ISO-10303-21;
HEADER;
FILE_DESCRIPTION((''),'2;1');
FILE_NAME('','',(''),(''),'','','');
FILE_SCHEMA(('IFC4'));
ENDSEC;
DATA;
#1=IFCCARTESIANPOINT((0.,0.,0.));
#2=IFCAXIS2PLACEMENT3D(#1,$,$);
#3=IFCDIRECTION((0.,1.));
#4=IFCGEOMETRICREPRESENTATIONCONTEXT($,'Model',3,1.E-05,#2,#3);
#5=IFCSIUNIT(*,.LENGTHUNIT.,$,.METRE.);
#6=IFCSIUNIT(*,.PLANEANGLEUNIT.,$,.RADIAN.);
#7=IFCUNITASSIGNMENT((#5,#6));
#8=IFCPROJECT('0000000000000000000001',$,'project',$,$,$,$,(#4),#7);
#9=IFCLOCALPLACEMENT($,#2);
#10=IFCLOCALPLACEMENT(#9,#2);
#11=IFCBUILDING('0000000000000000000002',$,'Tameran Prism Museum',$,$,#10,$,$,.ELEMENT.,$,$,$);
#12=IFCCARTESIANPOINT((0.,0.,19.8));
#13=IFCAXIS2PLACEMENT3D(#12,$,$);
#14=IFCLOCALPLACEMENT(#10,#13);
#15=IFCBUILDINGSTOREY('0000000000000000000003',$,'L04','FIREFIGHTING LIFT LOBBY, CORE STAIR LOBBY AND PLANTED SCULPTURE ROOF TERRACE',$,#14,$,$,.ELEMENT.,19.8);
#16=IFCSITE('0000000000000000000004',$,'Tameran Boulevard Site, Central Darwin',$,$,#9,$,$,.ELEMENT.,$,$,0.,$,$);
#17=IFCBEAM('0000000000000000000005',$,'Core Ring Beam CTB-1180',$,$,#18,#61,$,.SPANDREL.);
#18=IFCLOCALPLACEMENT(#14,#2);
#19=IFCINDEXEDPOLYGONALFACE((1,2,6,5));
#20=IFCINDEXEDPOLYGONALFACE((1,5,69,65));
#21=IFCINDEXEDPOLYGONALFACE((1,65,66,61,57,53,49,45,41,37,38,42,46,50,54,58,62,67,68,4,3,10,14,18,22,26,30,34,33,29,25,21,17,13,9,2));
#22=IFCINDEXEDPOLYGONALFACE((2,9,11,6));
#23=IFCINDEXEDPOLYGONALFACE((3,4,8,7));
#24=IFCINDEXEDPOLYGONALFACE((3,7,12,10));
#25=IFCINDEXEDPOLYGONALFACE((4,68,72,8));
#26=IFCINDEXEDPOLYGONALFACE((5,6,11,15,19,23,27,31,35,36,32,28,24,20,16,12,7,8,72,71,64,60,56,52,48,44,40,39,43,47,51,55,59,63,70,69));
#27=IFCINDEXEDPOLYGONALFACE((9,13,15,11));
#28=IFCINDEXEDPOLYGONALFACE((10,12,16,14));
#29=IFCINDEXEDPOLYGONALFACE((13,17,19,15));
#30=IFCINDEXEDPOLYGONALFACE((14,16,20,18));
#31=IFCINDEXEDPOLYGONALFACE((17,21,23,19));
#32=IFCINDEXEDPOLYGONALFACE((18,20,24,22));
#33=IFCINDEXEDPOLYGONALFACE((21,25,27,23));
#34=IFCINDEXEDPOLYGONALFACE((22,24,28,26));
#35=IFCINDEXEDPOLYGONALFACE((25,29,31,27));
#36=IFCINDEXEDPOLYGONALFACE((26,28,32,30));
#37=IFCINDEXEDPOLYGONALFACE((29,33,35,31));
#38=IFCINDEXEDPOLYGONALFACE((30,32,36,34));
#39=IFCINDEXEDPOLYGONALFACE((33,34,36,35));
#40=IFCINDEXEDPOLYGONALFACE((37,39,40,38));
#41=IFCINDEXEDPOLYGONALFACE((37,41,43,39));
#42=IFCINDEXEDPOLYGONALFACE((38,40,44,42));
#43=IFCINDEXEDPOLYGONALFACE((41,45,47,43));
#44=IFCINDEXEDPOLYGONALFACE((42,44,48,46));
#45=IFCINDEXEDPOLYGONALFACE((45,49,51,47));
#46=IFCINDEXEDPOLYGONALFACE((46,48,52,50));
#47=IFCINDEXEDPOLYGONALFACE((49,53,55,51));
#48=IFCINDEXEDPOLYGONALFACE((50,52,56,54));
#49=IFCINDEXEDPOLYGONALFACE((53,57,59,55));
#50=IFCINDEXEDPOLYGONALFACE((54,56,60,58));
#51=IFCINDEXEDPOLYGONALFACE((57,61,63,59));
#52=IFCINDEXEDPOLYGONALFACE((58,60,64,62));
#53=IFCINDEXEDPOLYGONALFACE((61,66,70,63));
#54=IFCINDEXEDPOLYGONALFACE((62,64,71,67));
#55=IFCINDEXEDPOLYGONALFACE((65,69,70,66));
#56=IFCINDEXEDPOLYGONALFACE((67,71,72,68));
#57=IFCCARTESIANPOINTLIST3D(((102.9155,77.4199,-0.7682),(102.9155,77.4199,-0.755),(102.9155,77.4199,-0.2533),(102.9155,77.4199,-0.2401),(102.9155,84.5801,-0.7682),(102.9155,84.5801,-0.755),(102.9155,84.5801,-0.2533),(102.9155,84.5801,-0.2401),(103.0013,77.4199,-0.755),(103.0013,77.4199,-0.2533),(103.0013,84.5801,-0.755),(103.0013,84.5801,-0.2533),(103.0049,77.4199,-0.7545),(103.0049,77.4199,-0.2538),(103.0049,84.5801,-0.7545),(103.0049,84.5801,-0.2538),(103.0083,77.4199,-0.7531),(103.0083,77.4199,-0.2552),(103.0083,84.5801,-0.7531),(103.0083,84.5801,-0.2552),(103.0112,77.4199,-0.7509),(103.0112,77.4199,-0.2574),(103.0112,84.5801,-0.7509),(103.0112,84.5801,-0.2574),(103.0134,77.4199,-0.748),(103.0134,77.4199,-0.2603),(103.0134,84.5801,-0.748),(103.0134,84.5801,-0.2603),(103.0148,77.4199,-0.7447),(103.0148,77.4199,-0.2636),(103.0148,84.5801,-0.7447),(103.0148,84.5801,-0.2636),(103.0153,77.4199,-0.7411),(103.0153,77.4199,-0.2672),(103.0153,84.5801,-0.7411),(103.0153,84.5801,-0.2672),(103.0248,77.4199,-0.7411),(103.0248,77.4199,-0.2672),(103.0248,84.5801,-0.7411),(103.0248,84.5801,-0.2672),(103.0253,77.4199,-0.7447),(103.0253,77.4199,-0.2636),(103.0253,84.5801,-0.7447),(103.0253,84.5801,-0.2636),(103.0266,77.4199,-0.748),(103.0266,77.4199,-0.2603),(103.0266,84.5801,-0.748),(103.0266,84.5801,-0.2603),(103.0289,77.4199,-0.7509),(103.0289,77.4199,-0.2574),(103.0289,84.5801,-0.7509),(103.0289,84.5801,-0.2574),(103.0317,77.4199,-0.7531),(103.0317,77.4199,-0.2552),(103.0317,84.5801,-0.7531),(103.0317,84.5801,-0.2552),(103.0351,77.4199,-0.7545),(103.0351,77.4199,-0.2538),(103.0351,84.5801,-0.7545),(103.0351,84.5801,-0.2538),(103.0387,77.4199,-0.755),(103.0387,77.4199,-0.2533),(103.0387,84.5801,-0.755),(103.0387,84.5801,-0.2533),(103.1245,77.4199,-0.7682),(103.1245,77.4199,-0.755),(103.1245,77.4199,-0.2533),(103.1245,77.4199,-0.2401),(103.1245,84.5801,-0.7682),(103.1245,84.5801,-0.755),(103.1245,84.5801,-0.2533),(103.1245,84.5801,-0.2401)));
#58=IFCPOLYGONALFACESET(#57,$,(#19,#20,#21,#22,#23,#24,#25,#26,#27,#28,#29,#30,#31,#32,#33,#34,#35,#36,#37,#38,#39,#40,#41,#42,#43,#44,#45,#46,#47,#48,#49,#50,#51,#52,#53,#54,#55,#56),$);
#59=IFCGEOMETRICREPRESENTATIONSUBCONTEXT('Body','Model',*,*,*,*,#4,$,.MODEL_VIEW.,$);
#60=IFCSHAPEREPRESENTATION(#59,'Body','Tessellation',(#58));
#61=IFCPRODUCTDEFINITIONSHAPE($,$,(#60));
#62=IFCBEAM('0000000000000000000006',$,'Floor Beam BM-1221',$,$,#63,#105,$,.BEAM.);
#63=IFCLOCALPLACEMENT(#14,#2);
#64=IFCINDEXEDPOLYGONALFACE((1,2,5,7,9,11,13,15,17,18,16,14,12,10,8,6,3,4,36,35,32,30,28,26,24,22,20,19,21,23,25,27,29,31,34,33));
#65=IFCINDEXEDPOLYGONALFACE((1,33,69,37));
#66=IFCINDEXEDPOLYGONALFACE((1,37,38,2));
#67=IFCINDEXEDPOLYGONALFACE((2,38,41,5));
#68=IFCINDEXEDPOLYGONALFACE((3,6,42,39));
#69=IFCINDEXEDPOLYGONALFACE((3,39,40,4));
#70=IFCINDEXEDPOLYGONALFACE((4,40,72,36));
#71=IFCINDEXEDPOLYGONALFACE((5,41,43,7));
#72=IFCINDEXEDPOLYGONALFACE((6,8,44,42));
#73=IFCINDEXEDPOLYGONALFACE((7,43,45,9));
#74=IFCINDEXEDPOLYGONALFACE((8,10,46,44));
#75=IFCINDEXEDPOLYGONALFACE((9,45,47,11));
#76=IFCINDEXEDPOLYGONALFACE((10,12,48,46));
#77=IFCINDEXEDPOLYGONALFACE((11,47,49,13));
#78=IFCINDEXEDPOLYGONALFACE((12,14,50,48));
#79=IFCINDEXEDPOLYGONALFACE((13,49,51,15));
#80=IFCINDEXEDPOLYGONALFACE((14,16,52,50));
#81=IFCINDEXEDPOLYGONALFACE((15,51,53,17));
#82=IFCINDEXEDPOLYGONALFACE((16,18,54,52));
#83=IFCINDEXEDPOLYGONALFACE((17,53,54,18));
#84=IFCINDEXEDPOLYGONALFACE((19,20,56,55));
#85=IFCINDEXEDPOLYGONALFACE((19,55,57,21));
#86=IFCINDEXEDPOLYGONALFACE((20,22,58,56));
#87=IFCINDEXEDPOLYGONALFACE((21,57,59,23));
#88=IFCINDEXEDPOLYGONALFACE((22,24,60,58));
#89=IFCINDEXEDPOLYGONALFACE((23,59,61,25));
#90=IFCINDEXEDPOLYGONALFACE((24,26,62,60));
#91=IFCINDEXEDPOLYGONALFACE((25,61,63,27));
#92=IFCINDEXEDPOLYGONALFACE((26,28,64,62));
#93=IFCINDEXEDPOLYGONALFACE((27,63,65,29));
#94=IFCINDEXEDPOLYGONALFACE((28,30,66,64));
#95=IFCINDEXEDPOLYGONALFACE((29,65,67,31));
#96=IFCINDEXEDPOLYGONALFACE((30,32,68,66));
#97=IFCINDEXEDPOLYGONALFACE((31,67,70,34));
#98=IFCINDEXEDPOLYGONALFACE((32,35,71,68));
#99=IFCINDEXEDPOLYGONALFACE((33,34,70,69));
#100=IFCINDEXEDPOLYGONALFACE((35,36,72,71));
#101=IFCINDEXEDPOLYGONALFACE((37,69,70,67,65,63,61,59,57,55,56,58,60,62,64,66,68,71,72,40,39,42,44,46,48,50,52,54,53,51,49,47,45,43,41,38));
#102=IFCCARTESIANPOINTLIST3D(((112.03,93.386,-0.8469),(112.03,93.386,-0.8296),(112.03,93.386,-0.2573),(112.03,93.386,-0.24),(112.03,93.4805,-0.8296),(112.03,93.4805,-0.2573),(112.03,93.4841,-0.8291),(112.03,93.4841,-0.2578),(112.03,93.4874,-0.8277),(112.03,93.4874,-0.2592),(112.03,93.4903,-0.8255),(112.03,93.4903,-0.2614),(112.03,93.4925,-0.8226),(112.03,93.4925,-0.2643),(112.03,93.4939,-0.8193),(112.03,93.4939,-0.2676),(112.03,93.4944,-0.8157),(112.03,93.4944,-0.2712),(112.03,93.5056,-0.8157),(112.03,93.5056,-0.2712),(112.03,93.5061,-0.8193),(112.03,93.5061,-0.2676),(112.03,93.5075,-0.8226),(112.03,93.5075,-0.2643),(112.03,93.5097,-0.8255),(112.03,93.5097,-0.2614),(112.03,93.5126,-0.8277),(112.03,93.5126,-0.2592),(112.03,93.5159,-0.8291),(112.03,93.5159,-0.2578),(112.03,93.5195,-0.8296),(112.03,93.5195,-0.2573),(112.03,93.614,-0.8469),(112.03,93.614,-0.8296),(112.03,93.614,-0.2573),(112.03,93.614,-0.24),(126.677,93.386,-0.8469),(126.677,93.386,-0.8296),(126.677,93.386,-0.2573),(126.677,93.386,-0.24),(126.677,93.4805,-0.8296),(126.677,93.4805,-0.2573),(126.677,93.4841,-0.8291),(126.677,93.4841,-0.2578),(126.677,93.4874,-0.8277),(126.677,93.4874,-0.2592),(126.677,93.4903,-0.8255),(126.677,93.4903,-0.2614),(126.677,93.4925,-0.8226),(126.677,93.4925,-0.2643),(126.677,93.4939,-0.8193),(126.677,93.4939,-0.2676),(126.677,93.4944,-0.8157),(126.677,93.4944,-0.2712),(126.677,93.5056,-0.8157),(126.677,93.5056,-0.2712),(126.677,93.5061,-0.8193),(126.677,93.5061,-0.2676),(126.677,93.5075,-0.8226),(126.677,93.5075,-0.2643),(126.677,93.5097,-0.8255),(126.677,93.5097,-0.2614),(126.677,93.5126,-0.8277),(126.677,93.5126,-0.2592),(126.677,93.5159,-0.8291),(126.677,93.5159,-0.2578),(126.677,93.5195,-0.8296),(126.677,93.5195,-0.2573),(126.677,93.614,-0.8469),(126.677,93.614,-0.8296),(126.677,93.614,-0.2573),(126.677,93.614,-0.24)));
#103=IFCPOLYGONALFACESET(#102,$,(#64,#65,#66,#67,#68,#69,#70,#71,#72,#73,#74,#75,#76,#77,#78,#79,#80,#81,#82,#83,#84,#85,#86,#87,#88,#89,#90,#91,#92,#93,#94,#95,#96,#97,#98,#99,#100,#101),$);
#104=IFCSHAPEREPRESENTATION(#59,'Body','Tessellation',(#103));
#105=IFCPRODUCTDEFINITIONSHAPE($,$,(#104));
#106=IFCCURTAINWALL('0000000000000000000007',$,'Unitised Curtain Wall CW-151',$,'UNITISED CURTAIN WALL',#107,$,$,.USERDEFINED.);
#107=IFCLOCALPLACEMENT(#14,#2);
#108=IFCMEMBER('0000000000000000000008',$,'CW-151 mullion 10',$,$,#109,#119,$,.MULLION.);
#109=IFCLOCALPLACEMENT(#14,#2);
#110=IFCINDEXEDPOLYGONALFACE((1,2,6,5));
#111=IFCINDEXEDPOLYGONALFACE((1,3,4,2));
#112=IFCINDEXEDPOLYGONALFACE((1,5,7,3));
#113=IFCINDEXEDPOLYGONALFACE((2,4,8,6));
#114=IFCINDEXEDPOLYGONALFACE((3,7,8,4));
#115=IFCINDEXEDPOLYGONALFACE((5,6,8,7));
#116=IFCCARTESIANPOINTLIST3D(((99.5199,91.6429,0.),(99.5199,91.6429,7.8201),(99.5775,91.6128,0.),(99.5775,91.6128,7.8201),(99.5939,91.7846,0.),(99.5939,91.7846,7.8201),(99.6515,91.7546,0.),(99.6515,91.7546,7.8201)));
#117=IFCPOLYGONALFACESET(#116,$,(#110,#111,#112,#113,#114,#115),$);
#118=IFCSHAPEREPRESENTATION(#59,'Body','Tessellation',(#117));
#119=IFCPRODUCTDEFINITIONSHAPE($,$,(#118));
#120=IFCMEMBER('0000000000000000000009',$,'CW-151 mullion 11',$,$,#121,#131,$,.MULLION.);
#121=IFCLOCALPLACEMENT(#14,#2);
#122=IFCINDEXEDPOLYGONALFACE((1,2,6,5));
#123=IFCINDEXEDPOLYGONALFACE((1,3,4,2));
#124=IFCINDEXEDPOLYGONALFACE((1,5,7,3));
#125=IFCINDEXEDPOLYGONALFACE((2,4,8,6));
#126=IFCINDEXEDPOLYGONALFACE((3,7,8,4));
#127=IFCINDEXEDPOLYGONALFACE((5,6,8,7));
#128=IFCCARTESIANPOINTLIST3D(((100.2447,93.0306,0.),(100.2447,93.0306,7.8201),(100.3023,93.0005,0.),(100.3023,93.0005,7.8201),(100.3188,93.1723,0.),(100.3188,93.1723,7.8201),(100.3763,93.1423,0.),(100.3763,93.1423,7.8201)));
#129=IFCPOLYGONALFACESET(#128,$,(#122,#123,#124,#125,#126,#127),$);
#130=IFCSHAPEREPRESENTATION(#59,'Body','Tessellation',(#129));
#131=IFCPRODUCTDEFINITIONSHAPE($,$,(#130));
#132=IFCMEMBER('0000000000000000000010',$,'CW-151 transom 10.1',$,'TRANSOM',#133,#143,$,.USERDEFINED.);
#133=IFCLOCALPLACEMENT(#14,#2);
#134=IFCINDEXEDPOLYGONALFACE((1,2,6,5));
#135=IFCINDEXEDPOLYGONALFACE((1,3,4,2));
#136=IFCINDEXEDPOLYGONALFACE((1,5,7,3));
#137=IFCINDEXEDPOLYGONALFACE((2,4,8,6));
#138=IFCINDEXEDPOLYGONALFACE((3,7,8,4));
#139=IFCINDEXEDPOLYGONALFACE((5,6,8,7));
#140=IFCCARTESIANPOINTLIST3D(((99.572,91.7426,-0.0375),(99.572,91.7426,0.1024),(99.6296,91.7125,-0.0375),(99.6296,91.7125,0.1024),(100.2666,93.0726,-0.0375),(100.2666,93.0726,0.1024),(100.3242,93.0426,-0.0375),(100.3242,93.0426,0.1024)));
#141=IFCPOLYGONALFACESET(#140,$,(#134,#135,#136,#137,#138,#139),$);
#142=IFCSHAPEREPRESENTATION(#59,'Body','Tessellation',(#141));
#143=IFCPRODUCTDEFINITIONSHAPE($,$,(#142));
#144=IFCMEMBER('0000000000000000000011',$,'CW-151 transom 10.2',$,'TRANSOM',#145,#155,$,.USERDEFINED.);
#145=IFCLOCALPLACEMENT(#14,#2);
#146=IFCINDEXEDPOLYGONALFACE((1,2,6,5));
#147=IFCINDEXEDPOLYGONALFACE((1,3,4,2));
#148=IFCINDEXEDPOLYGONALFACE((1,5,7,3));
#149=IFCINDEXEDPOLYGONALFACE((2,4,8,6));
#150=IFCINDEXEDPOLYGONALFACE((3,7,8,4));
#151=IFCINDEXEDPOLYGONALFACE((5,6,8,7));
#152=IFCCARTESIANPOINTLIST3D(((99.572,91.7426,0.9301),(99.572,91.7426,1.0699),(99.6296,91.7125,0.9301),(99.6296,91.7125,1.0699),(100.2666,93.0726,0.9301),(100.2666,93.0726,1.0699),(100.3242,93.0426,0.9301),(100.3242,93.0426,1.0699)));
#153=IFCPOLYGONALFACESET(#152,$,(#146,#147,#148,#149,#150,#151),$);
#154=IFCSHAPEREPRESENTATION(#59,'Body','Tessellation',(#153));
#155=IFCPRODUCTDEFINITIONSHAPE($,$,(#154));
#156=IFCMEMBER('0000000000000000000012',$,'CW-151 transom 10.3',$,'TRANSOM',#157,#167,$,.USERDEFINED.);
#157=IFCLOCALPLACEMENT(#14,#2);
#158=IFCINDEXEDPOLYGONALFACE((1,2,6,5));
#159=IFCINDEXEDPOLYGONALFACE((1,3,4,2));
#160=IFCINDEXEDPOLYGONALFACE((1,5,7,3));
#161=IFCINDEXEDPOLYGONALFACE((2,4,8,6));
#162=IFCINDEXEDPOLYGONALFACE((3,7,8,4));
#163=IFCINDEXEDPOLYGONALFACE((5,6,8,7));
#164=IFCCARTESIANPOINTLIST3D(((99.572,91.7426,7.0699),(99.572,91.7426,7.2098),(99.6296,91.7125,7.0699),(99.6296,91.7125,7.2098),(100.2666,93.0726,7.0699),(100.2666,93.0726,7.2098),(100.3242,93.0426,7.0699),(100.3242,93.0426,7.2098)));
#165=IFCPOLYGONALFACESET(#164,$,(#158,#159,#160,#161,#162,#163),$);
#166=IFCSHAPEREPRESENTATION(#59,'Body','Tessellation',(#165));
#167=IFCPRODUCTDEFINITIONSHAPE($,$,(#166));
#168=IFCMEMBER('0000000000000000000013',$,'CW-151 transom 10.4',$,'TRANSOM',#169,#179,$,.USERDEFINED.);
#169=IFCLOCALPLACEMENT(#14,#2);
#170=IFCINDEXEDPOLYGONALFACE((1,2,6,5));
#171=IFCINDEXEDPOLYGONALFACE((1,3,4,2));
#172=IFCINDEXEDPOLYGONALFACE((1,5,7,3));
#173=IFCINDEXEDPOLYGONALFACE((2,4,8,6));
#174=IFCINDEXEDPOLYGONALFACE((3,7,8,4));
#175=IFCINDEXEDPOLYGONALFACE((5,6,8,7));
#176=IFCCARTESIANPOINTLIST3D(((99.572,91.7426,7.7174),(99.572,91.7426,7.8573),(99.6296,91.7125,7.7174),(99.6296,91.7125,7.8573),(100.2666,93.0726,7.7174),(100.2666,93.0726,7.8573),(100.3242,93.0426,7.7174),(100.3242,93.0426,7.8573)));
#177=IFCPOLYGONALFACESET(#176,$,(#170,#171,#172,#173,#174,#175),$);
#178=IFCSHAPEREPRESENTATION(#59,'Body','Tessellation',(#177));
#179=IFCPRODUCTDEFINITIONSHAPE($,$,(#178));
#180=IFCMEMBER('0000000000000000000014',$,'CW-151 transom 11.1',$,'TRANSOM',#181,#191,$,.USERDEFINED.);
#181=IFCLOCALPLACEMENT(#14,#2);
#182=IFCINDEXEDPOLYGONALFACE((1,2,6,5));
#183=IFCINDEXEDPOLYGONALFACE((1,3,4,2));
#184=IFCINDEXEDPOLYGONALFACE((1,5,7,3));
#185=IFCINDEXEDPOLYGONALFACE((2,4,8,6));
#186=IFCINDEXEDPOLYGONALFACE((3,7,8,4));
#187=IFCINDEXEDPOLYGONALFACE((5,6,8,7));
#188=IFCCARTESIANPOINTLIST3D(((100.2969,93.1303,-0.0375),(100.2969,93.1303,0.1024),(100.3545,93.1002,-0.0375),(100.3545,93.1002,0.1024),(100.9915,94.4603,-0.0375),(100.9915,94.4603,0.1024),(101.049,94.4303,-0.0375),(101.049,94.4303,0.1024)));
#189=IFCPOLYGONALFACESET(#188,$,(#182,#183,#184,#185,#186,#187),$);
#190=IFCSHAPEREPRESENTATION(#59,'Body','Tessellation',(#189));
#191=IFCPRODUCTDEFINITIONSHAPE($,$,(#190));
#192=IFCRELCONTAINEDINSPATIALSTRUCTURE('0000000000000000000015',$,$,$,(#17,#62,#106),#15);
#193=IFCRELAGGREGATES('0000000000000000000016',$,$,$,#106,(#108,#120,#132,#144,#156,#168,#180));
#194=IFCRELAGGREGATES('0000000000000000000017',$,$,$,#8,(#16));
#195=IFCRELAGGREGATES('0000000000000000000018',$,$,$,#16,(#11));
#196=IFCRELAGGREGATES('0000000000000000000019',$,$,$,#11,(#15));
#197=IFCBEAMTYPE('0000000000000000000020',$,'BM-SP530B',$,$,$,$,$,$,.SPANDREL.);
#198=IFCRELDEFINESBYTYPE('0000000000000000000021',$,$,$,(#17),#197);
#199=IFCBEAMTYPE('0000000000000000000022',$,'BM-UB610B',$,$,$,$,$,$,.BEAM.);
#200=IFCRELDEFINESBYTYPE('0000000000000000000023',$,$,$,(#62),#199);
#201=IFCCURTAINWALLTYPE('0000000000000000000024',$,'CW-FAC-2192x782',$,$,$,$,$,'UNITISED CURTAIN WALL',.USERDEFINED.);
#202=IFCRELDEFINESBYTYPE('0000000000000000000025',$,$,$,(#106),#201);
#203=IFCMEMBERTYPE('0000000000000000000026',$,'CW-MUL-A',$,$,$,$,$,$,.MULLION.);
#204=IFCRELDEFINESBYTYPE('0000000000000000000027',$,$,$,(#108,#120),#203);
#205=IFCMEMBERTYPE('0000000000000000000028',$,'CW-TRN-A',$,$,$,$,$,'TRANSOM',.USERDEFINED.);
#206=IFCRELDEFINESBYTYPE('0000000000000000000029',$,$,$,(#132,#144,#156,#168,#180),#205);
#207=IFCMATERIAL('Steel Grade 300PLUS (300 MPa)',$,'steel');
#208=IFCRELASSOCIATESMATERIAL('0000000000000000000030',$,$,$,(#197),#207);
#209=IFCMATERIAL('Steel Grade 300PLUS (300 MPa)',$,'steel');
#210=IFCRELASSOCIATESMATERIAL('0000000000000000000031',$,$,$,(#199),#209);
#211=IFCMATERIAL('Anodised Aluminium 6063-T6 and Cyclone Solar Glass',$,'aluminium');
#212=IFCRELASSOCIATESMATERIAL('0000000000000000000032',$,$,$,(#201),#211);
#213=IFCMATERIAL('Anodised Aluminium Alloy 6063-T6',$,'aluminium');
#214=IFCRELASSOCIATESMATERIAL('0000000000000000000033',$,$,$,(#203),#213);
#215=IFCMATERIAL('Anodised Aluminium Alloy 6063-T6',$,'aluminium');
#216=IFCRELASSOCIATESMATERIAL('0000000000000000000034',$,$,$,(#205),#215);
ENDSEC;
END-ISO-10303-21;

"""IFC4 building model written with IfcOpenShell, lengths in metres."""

from ifc_helpers import new_model, si_unit, direction, frame, origin, origin_2d, place, context, subcontext, project, spatial, rectangle, i_section, extrude, material, material_profile, profile_set, type_object, element, aggregate, save


model = new_model("IFC4")

# Units and contexts
model_context = context("Model", 3, precision=1e-05, world=origin(), true_north=direction((0.0, 1.0)))
body_context = subcontext(model_context, "Body", "Model", "MODEL_VIEW")
ifc_project = project(units=[si_unit("LENGTHUNIT", "METRE"), si_unit("PLANEANGLEUNIT", "RADIAN")], contexts=[model_context])

# Site, building, storey
site_placement = place(None, origin())
site = spatial("IfcSite", under=ifc_project, at=site_placement, Name="Tameran Boulevard Site, Central Darwin", CompositionType="ELEMENT", RefElevation=0.0)
building_placement = place(site_placement, origin())
building = spatial("IfcBuilding", under=site, at=building_placement, Name="Tameran Prism Museum", CompositionType="ELEMENT")
storey_placement = place(building_placement, frame((0.0, 0.0, 19.8)))
storey = spatial("IfcBuildingStorey", under=building, at=storey_placement, Name="L04", Description="FIREFIGHTING LIFT LOBBY, CORE STAIR LOBBY AND PLANTED SCULPTURE ROOF TERRACE", CompositionType="ELEMENT", Elevation=19.8)

# Beams
ifc_material_1 = material(Name="Steel Grade 300PLUS (300 MPa)", Category="steel")
ifc_material_profile_1 = material_profile(ifc_material_1, i_section(OverallWidth=0.209, OverallDepth=0.5281, WebThickness=0.0095, FlangeThickness=0.0132, FilletRadius=0.0139, at=origin_2d()))
ifc_profile_set_1 = profile_set([ifc_material_profile_1])
beam_type_1 = type_object("IfcBeamType", Name="BM-SP530B", PredefinedType="SPANDREL", material=ifc_profile_set_1)
beam_1_placement = place(storey_placement, frame((103.02, 84.5801, -0.5042), z_axis=(0.0, -1.0, 0.0), x_axis=(1.0, 0.0, 0.0)))
element("IfcBeam", 1, at=beam_1_placement, inside=storey, type_object=beam_type_1, Name="Core Ring Beam CTB-1180", PredefinedType="SPANDREL", context=body_context, shape_type="SweptSolid", body=[
    extrude(i_section(OverallWidth=0.209, OverallDepth=0.5281, WebThickness=0.0095, FlangeThickness=0.0132, FilletRadius=0.0139, at=origin_2d()), origin(), (0.0, 0.0, 1.0), 7.1602),
])
ifc_material_2 = material(Name="Steel Grade 300PLUS (300 MPa)", Category="steel")
ifc_material_profile_2 = material_profile(ifc_material_2, i_section(OverallWidth=0.228, OverallDepth=0.6069, WebThickness=0.0112, FlangeThickness=0.0173, FilletRadius=0.0139, at=origin_2d()))
ifc_profile_set_2 = profile_set([ifc_material_profile_2])
beam_type_2 = type_object("IfcBeamType", Name="BM-UB610B", PredefinedType="BEAM", material=ifc_profile_set_2)
beam_2_placement = place(storey_placement, frame((112.03, 93.5, -0.5435), z_axis=(1.0, 0.0, 0.0), x_axis=(0.0, 1.0, 0.0)))
element("IfcBeam", 2, at=beam_2_placement, inside=storey, type_object=beam_type_2, Name="Floor Beam BM-1221", PredefinedType="BEAM", context=body_context, shape_type="SweptSolid", body=[
    extrude(i_section(OverallWidth=0.228, OverallDepth=0.6069, WebThickness=0.0112, FlangeThickness=0.0173, FilletRadius=0.0139, at=origin_2d()), origin(), (0.0, 0.0, 1.0), 14.647),
])

# Curtain wall, members
ifc_material_3 = material(Name="Anodised Aluminium 6063-T6 and Cyclone Solar Glass", Category="aluminium")
curtain_wall_type = type_object("IfcCurtainWallType", Name="CW-FAC-2192x782", ElementType="UNITISED CURTAIN WALL", PredefinedType="USERDEFINED", material=ifc_material_3)
curtain_wall_placement = place(storey_placement, origin())
curtain_wall = element("IfcCurtainWall", 3, at=curtain_wall_placement, inside=storey, type_object=curtain_wall_type, Name="Unitised Curtain Wall CW-151", ObjectType="UNITISED CURTAIN WALL", PredefinedType="USERDEFINED")
ifc_material_4 = material(Name="Anodised Aluminium Alloy 6063-T6", Category="aluminium")
ifc_material_profile_3 = material_profile(ifc_material_4, rectangle(XDim=0.0649, YDim=0.1599, at=origin_2d()))
ifc_profile_set_3 = profile_set([ifc_material_profile_3])
member_type_1 = type_object("IfcMemberType", Name="CW-MUL-A", PredefinedType="MULLION", material=ifc_profile_set_3)
member_1_placement = place(storey_placement, frame((99.5857, 91.6987, 0.0), z_axis=(0.0, 0.0, 1.0), x_axis=(-0.886357, 0.463003, 0.0)))
member_1 = element("IfcMember", 4, at=member_1_placement, type_object=member_type_1, Name="CW-151 mullion 10", PredefinedType="MULLION", context=body_context, shape_type="SweptSolid", body=[
    extrude(rectangle(XDim=0.0649, YDim=0.1599, at=origin_2d()), origin(), (0.0, 0.0, 1.0), 7.8201),
])
member_2_placement = place(storey_placement, frame((100.3105, 93.0864, 0.0), z_axis=(0.0, 0.0, 1.0), x_axis=(-0.886357, 0.463003, 0.0)))
member_2 = element("IfcMember", 5, at=member_2_placement, type_object=member_type_1, Name="CW-151 mullion 11", PredefinedType="MULLION", context=body_context, shape_type="SweptSolid", body=[
    extrude(rectangle(XDim=0.0649, YDim=0.1599, at=origin_2d()), origin(), (0.0, 0.0, 1.0), 7.8201),
])
ifc_material_5 = material(Name="Anodised Aluminium Alloy 6063-T6", Category="aluminium")
ifc_material_profile_4 = material_profile(ifc_material_5, rectangle(XDim=0.0649, YDim=0.1399, at=origin_2d()))
ifc_profile_set_4 = profile_set([ifc_material_profile_4])
member_type_2 = type_object("IfcMemberType", Name="CW-TRN-A", ElementType="TRANSOM", PredefinedType="USERDEFINED", material=ifc_profile_set_4)
member_3_placement = place(storey_placement, frame((99.6008, 91.7275, 0.0325), z_axis=(0.462894, 0.886414, 0.0), x_axis=(-0.886414, 0.462894, 0.0)))
member_3 = element("IfcMember", 6, at=member_3_placement, type_object=member_type_2, Name="CW-151 transom 10.1", ObjectType="TRANSOM", PredefinedType="USERDEFINED", context=body_context, shape_type="SweptSolid", body=[
    extrude(rectangle(XDim=0.0649, YDim=0.1399, at=origin_2d()), origin(), (0.0, 0.0, 1.0), 1.5005),
])
member_4_placement = place(storey_placement, frame((99.6008, 91.7275, 1.0), z_axis=(0.462894, 0.886414, 0.0), x_axis=(-0.886414, 0.462894, 0.0)))
member_4 = element("IfcMember", 7, at=member_4_placement, type_object=member_type_2, Name="CW-151 transom 10.2", ObjectType="TRANSOM", PredefinedType="USERDEFINED", context=body_context, shape_type="SweptSolid", body=[
    extrude(rectangle(XDim=0.0649, YDim=0.1399, at=origin_2d()), origin(), (0.0, 0.0, 1.0), 1.5005),
])
member_5_placement = place(storey_placement, frame((99.6008, 91.7275, 7.1399), z_axis=(0.462894, 0.886414, 0.0), x_axis=(-0.886414, 0.462894, 0.0)))
member_5 = element("IfcMember", 8, at=member_5_placement, type_object=member_type_2, Name="CW-151 transom 10.3", ObjectType="TRANSOM", PredefinedType="USERDEFINED", context=body_context, shape_type="SweptSolid", body=[
    extrude(rectangle(XDim=0.0649, YDim=0.1399, at=origin_2d()), origin(), (0.0, 0.0, 1.0), 1.5005),
])
member_6_placement = place(storey_placement, frame((99.6008, 91.7275, 7.7874), z_axis=(0.462894, 0.886414, 0.0), x_axis=(-0.886414, 0.462894, 0.0)))
member_6 = element("IfcMember", 9, at=member_6_placement, type_object=member_type_2, Name="CW-151 transom 10.4", ObjectType="TRANSOM", PredefinedType="USERDEFINED", context=body_context, shape_type="SweptSolid", body=[
    extrude(rectangle(XDim=0.0649, YDim=0.1399, at=origin_2d()), origin(), (0.0, 0.0, 1.0), 1.5005),
])
member_7_placement = place(storey_placement, frame((100.3257, 93.1152, 0.0325), z_axis=(0.462894, 0.886414, 0.0), x_axis=(-0.886414, 0.462894, 0.0)))
member_7 = element("IfcMember", 10, at=member_7_placement, type_object=member_type_2, Name="CW-151 transom 11.1", ObjectType="TRANSOM", PredefinedType="USERDEFINED", context=body_context, shape_type="SweptSolid", body=[
    extrude(rectangle(XDim=0.0649, YDim=0.1399, at=origin_2d()), origin(), (0.0, 0.0, 1.0), 1.5005),
])
aggregate(curtain_wall, [member_1, member_2, member_3, member_4, member_5, member_6, member_7])

save(model, "model.ifc")
